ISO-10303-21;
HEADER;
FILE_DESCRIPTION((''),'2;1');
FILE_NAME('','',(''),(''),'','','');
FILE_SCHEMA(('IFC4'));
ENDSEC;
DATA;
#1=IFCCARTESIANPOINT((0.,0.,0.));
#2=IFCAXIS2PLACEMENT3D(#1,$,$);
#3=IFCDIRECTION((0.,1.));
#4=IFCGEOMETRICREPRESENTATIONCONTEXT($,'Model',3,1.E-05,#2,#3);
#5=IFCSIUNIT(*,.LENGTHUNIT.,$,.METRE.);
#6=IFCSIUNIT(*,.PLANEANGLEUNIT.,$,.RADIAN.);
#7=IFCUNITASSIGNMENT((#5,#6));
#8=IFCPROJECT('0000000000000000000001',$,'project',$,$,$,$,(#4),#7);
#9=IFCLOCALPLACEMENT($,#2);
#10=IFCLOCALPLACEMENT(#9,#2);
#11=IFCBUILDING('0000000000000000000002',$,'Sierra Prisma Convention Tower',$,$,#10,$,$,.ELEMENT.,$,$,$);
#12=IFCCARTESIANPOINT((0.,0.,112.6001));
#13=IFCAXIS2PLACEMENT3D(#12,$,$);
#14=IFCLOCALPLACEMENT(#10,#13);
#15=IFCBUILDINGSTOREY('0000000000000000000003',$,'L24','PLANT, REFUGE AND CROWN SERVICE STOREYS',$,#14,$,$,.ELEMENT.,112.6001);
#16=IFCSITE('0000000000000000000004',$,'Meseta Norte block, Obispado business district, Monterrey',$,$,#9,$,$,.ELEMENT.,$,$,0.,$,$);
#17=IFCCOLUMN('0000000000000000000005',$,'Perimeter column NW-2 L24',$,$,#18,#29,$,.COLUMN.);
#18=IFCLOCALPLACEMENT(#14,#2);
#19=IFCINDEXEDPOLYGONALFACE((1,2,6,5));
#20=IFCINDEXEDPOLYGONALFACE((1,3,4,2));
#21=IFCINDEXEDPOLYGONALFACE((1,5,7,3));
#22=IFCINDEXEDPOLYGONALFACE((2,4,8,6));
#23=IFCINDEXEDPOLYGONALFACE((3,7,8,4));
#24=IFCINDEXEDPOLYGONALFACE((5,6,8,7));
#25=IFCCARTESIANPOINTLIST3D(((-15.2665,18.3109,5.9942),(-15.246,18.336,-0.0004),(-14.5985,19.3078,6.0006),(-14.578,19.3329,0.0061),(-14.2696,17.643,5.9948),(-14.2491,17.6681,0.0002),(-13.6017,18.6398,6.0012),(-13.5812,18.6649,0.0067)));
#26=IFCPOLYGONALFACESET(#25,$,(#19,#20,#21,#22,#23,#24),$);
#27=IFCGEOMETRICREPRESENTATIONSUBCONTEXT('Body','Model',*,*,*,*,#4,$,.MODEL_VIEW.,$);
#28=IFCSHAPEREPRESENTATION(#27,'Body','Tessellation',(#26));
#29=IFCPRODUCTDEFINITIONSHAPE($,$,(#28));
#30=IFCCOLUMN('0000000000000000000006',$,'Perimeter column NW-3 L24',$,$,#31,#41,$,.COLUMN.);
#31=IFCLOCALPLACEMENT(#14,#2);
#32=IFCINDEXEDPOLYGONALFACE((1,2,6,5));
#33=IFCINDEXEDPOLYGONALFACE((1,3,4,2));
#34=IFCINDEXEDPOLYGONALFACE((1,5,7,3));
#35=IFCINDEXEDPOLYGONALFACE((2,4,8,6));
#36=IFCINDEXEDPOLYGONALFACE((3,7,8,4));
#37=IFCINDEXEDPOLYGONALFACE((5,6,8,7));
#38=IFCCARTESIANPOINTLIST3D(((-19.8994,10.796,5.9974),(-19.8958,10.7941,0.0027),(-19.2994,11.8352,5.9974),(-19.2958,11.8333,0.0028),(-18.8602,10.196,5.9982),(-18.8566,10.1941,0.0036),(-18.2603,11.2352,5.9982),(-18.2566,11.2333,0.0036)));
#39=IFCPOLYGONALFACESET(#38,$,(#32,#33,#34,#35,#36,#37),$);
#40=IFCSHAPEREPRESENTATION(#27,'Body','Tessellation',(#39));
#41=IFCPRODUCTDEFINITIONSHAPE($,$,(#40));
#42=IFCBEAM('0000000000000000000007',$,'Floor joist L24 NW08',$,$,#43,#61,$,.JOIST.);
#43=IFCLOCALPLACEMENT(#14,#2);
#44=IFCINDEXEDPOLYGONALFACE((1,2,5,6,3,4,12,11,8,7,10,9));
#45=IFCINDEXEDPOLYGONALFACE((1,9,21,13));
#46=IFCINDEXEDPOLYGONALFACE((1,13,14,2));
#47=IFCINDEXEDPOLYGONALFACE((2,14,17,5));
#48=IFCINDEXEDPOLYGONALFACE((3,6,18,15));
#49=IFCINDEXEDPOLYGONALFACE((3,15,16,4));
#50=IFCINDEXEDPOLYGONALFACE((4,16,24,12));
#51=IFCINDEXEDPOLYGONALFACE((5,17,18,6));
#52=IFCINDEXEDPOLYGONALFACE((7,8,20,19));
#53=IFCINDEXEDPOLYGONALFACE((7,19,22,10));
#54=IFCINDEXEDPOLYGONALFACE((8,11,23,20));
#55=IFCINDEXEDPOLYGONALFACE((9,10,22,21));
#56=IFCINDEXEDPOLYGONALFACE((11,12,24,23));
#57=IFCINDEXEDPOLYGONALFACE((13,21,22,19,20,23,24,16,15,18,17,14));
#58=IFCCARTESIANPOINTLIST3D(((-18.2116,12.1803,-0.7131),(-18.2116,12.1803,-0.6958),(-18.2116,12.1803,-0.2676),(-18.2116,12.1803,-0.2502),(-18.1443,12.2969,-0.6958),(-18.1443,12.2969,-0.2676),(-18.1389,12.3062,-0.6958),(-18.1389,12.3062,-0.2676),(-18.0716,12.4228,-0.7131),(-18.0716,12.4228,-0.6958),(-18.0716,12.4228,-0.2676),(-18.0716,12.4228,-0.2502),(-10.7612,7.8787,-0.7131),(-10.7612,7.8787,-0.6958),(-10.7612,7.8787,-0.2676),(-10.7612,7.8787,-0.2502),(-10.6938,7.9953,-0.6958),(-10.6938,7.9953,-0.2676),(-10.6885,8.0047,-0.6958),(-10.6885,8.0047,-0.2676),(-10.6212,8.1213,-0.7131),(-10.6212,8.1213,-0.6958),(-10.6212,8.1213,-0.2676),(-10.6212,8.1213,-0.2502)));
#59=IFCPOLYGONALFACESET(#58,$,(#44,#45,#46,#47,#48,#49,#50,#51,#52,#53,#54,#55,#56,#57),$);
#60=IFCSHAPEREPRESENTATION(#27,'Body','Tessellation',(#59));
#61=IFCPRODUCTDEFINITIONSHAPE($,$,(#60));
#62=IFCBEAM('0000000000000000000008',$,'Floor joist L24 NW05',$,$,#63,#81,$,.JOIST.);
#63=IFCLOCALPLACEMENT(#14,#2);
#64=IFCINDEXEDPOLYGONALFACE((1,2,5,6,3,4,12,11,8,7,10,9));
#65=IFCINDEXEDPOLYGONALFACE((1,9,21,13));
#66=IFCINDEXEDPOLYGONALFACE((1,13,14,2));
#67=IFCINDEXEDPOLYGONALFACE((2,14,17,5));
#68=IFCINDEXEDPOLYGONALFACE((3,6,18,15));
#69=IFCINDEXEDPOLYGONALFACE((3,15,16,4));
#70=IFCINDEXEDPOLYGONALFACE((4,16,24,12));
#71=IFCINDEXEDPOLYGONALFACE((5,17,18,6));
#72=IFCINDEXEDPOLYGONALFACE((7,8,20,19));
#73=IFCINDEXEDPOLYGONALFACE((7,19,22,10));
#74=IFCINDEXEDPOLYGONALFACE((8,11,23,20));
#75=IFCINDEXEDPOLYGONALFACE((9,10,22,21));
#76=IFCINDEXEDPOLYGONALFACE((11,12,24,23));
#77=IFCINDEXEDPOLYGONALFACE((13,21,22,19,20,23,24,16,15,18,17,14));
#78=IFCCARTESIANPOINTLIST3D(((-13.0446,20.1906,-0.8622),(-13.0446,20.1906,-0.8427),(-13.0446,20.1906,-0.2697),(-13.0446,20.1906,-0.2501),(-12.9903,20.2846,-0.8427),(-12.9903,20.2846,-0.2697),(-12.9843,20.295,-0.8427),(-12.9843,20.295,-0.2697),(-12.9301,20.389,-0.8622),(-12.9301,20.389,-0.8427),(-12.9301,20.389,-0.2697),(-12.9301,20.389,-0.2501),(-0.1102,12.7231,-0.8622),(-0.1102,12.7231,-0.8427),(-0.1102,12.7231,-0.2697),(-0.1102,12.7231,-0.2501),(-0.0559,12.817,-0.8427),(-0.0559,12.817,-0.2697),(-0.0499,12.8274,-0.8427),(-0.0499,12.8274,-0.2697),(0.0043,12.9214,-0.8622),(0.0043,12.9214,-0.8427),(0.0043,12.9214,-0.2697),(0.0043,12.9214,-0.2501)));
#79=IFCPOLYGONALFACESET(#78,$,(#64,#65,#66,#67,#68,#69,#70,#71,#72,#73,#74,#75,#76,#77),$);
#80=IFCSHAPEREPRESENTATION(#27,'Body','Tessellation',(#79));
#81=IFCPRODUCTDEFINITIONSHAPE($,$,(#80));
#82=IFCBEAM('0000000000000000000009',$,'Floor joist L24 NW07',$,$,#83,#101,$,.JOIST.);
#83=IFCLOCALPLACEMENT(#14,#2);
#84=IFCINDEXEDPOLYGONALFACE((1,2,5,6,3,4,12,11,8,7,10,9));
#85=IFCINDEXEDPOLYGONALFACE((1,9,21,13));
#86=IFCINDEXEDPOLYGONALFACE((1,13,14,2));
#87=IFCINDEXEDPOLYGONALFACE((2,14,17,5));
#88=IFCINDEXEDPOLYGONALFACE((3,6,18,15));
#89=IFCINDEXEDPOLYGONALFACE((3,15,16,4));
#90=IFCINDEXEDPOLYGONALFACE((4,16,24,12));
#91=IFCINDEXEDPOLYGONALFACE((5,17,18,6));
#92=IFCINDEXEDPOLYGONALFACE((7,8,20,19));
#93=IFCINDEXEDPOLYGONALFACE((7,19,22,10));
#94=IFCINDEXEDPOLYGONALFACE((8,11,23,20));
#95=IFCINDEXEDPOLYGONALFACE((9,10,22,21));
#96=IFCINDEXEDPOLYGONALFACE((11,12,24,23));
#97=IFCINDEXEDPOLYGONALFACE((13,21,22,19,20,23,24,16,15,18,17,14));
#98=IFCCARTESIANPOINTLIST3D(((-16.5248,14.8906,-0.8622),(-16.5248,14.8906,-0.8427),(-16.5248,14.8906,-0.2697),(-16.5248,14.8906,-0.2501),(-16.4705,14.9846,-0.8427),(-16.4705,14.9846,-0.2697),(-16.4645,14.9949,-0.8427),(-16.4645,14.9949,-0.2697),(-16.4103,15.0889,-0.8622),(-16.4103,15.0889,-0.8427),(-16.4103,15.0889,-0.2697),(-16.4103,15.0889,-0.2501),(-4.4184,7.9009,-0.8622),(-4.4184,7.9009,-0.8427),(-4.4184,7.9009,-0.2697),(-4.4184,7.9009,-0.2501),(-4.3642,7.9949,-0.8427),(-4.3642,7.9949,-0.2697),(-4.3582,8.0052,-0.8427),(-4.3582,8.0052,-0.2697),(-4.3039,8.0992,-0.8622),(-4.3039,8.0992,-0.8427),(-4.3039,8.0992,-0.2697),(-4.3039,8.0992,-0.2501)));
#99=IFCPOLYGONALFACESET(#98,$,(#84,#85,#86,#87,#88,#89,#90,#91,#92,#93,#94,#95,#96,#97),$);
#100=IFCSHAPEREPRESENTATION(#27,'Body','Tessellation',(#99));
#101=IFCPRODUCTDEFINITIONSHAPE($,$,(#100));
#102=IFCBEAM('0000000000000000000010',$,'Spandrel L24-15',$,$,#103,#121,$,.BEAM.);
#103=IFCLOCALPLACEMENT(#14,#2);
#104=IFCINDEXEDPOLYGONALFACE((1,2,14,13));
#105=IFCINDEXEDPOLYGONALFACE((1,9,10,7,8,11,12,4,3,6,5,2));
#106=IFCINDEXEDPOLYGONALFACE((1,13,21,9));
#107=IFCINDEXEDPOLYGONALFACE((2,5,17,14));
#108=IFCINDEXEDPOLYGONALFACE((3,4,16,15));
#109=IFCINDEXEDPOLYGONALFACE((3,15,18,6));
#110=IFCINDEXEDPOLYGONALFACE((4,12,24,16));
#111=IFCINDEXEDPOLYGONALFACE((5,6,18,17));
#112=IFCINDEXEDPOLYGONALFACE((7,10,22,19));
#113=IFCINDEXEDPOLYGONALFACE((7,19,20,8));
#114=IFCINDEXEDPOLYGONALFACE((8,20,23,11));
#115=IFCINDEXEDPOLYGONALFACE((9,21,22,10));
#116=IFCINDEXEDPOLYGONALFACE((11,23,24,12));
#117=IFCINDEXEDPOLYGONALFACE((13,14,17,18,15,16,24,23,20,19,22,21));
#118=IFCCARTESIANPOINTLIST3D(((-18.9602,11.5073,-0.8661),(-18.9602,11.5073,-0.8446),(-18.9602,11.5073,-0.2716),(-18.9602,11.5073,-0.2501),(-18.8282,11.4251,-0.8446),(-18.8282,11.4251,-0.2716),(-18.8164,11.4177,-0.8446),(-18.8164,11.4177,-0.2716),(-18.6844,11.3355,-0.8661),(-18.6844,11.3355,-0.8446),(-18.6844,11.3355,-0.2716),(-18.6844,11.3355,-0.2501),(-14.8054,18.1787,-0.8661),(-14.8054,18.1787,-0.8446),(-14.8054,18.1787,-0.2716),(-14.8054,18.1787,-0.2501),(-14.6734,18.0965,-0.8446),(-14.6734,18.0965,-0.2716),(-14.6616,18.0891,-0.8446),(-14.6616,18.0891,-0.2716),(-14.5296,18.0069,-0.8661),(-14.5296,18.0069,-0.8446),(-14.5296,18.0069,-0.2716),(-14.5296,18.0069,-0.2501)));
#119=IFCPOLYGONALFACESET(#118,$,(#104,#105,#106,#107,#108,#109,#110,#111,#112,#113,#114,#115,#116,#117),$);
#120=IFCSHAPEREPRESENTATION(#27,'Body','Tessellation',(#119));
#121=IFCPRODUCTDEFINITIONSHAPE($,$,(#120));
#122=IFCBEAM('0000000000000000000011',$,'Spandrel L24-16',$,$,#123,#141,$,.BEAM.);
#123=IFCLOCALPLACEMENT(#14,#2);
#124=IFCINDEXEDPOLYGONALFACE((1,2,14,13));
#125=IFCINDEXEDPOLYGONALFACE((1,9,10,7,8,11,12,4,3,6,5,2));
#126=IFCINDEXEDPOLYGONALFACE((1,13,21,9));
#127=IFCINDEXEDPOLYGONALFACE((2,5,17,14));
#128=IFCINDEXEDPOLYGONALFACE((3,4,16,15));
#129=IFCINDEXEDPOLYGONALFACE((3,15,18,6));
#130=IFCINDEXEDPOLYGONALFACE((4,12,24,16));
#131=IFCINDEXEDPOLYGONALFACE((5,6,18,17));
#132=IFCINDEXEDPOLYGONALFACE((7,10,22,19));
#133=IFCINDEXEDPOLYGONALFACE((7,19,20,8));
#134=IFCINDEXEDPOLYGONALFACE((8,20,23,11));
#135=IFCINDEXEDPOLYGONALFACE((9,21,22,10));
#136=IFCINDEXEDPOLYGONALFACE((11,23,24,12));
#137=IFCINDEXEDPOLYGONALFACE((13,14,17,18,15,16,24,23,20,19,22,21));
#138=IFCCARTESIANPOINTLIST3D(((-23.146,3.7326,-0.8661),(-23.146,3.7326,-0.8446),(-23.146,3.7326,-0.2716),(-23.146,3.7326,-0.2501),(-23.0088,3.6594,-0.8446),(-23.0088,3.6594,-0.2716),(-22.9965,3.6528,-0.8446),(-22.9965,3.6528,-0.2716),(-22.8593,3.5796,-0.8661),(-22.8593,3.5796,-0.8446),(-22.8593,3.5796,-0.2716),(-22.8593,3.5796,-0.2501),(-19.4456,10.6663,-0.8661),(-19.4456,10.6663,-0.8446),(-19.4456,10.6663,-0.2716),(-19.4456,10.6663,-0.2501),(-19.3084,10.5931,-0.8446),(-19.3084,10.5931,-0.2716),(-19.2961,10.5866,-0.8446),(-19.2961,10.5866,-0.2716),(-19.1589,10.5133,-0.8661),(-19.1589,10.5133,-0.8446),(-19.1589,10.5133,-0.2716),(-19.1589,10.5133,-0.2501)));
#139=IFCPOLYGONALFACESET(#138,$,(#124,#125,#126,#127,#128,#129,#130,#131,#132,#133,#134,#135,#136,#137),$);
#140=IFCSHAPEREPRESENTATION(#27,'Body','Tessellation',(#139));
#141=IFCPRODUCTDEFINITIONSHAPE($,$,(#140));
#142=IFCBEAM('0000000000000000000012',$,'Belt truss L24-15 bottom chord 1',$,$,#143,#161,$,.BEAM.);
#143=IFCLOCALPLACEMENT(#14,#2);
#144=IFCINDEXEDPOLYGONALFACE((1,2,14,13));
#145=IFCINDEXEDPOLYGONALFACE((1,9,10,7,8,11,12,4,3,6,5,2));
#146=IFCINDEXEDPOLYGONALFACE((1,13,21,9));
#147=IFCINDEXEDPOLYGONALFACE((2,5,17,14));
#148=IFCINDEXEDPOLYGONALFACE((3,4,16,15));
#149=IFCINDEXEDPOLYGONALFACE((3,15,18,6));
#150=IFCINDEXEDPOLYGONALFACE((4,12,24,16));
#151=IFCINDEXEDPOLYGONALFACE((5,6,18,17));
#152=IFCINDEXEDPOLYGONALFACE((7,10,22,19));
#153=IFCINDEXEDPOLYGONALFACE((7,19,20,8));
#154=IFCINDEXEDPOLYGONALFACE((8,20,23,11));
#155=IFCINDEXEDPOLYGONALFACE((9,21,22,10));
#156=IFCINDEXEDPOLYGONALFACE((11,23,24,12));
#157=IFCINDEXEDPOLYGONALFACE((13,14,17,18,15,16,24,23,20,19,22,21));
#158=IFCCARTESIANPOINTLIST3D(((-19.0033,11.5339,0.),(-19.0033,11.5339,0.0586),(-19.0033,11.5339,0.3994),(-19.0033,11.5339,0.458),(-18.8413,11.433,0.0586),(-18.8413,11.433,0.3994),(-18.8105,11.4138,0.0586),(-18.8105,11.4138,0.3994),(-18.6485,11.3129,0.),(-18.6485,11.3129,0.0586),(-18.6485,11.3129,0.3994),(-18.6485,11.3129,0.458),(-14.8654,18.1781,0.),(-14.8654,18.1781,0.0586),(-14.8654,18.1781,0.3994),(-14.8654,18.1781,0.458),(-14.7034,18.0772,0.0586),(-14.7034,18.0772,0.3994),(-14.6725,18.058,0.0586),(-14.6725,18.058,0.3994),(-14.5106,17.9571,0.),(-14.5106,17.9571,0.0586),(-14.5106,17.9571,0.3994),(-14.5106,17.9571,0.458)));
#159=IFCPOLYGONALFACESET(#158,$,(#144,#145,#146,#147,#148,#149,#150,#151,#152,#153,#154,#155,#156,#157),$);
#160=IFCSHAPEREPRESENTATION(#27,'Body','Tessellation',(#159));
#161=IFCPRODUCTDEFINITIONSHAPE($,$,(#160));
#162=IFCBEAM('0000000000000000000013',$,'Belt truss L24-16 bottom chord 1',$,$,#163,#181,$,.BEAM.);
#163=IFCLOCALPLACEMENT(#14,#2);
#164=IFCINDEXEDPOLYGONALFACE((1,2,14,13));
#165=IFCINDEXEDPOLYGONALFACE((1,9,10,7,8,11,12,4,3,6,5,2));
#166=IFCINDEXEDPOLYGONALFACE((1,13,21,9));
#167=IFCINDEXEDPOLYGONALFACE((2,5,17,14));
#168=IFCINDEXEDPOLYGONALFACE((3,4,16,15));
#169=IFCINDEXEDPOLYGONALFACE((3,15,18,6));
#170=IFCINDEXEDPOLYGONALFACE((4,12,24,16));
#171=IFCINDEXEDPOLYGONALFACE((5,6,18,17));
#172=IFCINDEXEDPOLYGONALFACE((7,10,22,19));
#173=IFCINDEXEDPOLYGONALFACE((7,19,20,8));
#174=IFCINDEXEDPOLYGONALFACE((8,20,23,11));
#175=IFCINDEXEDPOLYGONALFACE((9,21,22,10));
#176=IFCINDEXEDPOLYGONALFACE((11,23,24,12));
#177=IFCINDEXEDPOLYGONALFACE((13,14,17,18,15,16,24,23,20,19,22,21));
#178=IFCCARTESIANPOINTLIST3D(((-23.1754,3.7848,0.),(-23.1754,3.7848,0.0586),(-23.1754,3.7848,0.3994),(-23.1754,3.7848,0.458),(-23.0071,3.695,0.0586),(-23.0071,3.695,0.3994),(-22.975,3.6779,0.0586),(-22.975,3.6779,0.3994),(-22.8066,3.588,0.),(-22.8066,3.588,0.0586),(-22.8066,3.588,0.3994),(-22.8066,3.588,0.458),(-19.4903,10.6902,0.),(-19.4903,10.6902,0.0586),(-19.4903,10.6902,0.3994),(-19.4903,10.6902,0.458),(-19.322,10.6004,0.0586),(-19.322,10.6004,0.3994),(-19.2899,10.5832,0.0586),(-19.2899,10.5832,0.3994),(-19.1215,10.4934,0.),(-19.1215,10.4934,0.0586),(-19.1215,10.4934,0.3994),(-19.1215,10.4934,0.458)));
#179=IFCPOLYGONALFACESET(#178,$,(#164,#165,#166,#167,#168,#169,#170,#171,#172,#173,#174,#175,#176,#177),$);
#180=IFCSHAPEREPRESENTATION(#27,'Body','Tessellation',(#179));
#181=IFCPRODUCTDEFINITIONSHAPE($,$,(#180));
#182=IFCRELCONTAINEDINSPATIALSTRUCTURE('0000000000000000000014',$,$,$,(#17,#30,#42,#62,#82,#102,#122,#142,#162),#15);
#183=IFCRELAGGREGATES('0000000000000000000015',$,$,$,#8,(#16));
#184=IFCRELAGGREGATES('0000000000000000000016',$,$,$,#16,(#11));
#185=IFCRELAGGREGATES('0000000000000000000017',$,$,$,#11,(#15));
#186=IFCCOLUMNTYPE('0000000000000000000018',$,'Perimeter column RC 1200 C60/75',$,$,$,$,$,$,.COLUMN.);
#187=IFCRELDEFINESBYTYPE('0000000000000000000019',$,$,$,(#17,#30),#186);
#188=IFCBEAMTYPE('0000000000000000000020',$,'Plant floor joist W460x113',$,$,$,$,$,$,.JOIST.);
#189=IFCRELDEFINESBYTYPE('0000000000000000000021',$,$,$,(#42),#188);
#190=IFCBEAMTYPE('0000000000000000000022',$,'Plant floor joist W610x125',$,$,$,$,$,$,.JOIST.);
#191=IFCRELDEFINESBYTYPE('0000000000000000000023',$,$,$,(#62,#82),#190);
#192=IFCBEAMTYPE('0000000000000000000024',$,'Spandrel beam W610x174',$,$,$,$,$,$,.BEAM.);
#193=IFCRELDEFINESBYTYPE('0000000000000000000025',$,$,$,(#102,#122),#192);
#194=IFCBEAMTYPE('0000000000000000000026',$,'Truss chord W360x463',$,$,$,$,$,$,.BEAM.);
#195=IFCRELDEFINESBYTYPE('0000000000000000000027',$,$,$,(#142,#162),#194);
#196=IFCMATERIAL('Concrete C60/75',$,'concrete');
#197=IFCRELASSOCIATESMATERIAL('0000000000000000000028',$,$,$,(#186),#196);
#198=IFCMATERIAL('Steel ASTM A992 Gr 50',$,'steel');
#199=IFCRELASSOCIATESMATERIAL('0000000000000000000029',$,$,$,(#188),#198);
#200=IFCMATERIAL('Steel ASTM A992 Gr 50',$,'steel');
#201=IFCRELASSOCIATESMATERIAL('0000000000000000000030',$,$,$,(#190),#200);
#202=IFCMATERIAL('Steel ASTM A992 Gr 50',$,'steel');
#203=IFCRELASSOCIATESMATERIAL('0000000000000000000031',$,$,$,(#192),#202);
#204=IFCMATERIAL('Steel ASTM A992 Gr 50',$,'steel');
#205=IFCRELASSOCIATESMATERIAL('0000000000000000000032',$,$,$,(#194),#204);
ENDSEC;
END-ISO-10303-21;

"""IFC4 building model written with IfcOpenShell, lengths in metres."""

from ifc_helpers import new_model, si_unit, direction, frame, origin, origin_2d, place, context, subcontext, project, spatial, rectangle, i_section, extrude, clip, halfspace, material, material_profile, profile_set, type_object, element, save


model = new_model("IFC4")

# Units and contexts
model_context = context("Model", 3, precision=1e-05, world=origin(), true_north=direction((0.0, 1.0)))
body_context = subcontext(model_context, "Body", "Model", "MODEL_VIEW")
ifc_project = project(units=[si_unit("LENGTHUNIT", "METRE"), si_unit("PLANEANGLEUNIT", "RADIAN")], contexts=[model_context])

# Site, building, storey
site_placement = place(None, origin())
site = spatial("IfcSite", under=ifc_project, at=site_placement, Name="Meseta Norte block, Obispado business district, Monterrey", CompositionType="ELEMENT", RefElevation=0.0)
building_placement = place(site_placement, origin())
building = spatial("IfcBuilding", under=site, at=building_placement, Name="Sierra Prisma Convention Tower", CompositionType="ELEMENT")
storey_placement = place(building_placement, frame((0.0, 0.0, 112.6001)))
storey = spatial("IfcBuildingStorey", under=building, at=storey_placement, Name="L24", Description="PLANT, REFUGE AND CROWN SERVICE STOREYS", CompositionType="ELEMENT", Elevation=112.6001)

# Columns
ifc_material_1 = material(Name="Concrete C60/75", Category="concrete")
ifc_material_profile_1 = material_profile(ifc_material_1, rectangle(XDim=1.2, YDim=1.2, at=origin_2d()), Name="Perimeter column RC 1200 C60/75")
ifc_profile_set_1 = profile_set([ifc_material_profile_1], Name="Concrete C60/75")
column_type = type_object("IfcColumnType", Name="Perimeter column RC 1200 C60/75", PredefinedType="COLUMN", material=ifc_profile_set_1)
for number, where, z_axis, x_axis, name in (
    (1, (-14.4136, 18.5005, 0.0), (-0.003418, -0.004191, 0.999985), (0.556646, 0.830732, 0.005384), "Perimeter column NW-2 L24"),
    (2, (-19.0762, 11.0137, 0.0), (-0.00061, 0.000326, 1.0), (0.5, 0.866025, -0.000282), "Perimeter column NW-3 L24"),
):
    element("IfcColumn", number, at=place(storey_placement, frame(where, z_axis=z_axis, x_axis=x_axis)), inside=storey, type_object=column_type, Name=name, PredefinedType="COLUMN", context=body_context, shape_type="SweptSolid", body=[
        clip(clip(extrude(rectangle(XDim=1.2, YDim=1.2, at=origin_2d()), origin(), (0.0, 0.0, 1.0), 6.0), halfspace(frame((0.0, 0.0, 0.0032)), True)), halfspace(frame((0.0, 0.0, 5.9978)), False)),
    ])

# Beams
ifc_material_2 = material(Name="Steel ASTM A992 Gr 50", Category="steel")
ifc_material_profile_2 = material_profile(ifc_material_2, i_section(OverallWidth=0.28, OverallDepth=0.4629, WebThickness=0.0107, FlangeThickness=0.0173, at=origin_2d()), Name="W460x113")
ifc_profile_set_2 = profile_set([ifc_material_profile_2], Name="Steel ASTM A992 Gr 50")
beam_type_1 = type_object("IfcBeamType", Name="Plant floor joist W460x113", PredefinedType="JOIST", material=ifc_profile_set_2)
beam_1_placement = place(storey_placement, frame((-18.1416, 12.3015, -0.4817), z_axis=(0.866025, -0.5, 0.0), x_axis=(0.5, 0.866025, 0.0)))
element("IfcBeam", 3, at=beam_1_placement, inside=storey, type_object=beam_type_1, Name="Floor joist L24 NW08", PredefinedType="JOIST", context=body_context, shape_type="SweptSolid", body=[
    extrude(i_section(OverallWidth=0.28, OverallDepth=0.4629, WebThickness=0.0107, FlangeThickness=0.0173, at=origin_2d()), origin(), (0.0, 0.0, 1.0), 8.603),
])
ifc_material_3 = material(Name="Steel ASTM A992 Gr 50", Category="steel")
ifc_material_profile_3 = material_profile(ifc_material_3, i_section(OverallWidth=0.229, OverallDepth=0.6121, WebThickness=0.012, FlangeThickness=0.0195, at=origin_2d()), Name="W610x125")
ifc_profile_set_3 = profile_set([ifc_material_profile_3], Name="Steel ASTM A992 Gr 50")
beam_type_2 = type_object("IfcBeamType", Name="Plant floor joist W610x125", PredefinedType="JOIST", material=ifc_profile_set_3)
beam_2_placement = place(storey_placement, frame((-12.9873, 20.2898, -0.5562), z_axis=(0.866029, -0.499995, 0.0), x_axis=(0.499995, 0.866029, 0.0)))
element("IfcBeam", 4, at=beam_2_placement, inside=storey, type_object=beam_type_2, Name="Floor joist L24 NW05", PredefinedType="JOIST", context=body_context, shape_type="SweptSolid", body=[
    extrude(i_section(OverallWidth=0.229, OverallDepth=0.6121, WebThickness=0.012, FlangeThickness=0.0195, at=origin_2d()), origin(), (0.0, 0.0, 1.0), 14.9353),
])
beam_3_placement = place(storey_placement, frame((-16.4675, 14.9897, -0.5562), z_axis=(0.866023, -0.500005, 0.0), x_axis=(0.500005, 0.866023, 0.0)))
element("IfcBeam", 5, at=beam_3_placement, inside=storey, type_object=beam_type_2, Name="Floor joist L24 NW07", PredefinedType="JOIST", context=body_context, shape_type="SweptSolid", body=[
    extrude(i_section(OverallWidth=0.229, OverallDepth=0.6121, WebThickness=0.012, FlangeThickness=0.0195, at=origin_2d()), origin(), (0.0, 0.0, 1.0), 13.9792),
])
ifc_material_4 = material(Name="Steel ASTM A992 Gr 50", Category="steel")
ifc_material_profile_4 = material_profile(ifc_material_4, i_section(OverallWidth=0.325, OverallDepth=0.616, WebThickness=0.0139, FlangeThickness=0.0215, at=origin_2d()), Name="W610x174")
ifc_profile_set_4 = profile_set([ifc_material_profile_4], Name="Steel ASTM A992 Gr 50")
beam_type_3 = type_object("IfcBeamType", Name="Spandrel beam W610x174", PredefinedType="BEAM", material=ifc_profile_set_4)
for number, where, z_axis, x_axis, name in (
    (6, (-14.6675, 18.0928, -0.5581), (-0.528641, -0.848845, 0.0), (0.848845, -0.528641, 0.0), "Spandrel L24-15"),
    (7, (-19.3022, 10.5898, -0.5581), (-0.470825, -0.882227, 0.0), (0.882227, -0.470825, 0.0), "Spandrel L24-16"),
):
    element("IfcBeam", number, at=place(storey_placement, frame(where, z_axis=z_axis, x_axis=x_axis)), inside=storey, type_object=beam_type_3, Name=name, PredefinedType="BEAM", context=body_context, shape_type="SweptSolid", body=[
        extrude(i_section(OverallWidth=0.325, OverallDepth=0.616, WebThickness=0.0139, FlangeThickness=0.0215, at=origin_2d()), origin(), (0.0, 0.0, 1.0), 7.8594),
    ])
ifc_material_5 = material(Name="Steel ASTM A992 Gr 50", Category="steel")
ifc_material_profile_5 = material_profile(ifc_material_5, i_section(OverallWidth=0.418, OverallDepth=0.458, WebThickness=0.0364, FlangeThickness=0.0586, at=origin_2d()), Name="W360x463")
ifc_profile_set_5 = profile_set([ifc_material_profile_5], Name="Steel ASTM A992 Gr 50")
beam_type_4 = type_object("IfcBeamType", Name="Truss chord W360x463", PredefinedType="BEAM", material=ifc_profile_set_5)
beam_4_placement = place(storey_placement, frame((-14.688, 18.0676, 0.229), z_axis=(-0.528644, -0.848844, 0.0), x_axis=(0.848844, -0.528644, 0.0)))
element("IfcBeam", 8, at=beam_4_placement, inside=storey, type_object=beam_type_4, Name="Belt truss L24-15 bottom chord 1", PredefinedType="BEAM", context=body_context, shape_type="SweptSolid", body=[
    extrude(i_section(OverallWidth=0.418, OverallDepth=0.458, WebThickness=0.0364, FlangeThickness=0.0586, at=origin_2d()), origin(), (0.0, 0.0, 1.0), 7.8274),
])
beam_5_placement = place(storey_placement, frame((-19.3059, 10.5918, 0.229), z_axis=(-0.470812, -0.882234, 0.0), x_axis=(0.882234, -0.470812, 0.0)))
element("IfcBeam", 9, at=beam_5_placement, inside=storey, type_object=beam_type_4, Name="Belt truss L24-16 bottom chord 1", PredefinedType="BEAM", context=body_context, shape_type="SweptSolid", body=[
    extrude(i_section(OverallWidth=0.418, OverallDepth=0.458, WebThickness=0.0364, FlangeThickness=0.0586, at=origin_2d()), origin(), (0.0, 0.0, 1.0), 7.8271),
])

save(model, "model.ifc")
